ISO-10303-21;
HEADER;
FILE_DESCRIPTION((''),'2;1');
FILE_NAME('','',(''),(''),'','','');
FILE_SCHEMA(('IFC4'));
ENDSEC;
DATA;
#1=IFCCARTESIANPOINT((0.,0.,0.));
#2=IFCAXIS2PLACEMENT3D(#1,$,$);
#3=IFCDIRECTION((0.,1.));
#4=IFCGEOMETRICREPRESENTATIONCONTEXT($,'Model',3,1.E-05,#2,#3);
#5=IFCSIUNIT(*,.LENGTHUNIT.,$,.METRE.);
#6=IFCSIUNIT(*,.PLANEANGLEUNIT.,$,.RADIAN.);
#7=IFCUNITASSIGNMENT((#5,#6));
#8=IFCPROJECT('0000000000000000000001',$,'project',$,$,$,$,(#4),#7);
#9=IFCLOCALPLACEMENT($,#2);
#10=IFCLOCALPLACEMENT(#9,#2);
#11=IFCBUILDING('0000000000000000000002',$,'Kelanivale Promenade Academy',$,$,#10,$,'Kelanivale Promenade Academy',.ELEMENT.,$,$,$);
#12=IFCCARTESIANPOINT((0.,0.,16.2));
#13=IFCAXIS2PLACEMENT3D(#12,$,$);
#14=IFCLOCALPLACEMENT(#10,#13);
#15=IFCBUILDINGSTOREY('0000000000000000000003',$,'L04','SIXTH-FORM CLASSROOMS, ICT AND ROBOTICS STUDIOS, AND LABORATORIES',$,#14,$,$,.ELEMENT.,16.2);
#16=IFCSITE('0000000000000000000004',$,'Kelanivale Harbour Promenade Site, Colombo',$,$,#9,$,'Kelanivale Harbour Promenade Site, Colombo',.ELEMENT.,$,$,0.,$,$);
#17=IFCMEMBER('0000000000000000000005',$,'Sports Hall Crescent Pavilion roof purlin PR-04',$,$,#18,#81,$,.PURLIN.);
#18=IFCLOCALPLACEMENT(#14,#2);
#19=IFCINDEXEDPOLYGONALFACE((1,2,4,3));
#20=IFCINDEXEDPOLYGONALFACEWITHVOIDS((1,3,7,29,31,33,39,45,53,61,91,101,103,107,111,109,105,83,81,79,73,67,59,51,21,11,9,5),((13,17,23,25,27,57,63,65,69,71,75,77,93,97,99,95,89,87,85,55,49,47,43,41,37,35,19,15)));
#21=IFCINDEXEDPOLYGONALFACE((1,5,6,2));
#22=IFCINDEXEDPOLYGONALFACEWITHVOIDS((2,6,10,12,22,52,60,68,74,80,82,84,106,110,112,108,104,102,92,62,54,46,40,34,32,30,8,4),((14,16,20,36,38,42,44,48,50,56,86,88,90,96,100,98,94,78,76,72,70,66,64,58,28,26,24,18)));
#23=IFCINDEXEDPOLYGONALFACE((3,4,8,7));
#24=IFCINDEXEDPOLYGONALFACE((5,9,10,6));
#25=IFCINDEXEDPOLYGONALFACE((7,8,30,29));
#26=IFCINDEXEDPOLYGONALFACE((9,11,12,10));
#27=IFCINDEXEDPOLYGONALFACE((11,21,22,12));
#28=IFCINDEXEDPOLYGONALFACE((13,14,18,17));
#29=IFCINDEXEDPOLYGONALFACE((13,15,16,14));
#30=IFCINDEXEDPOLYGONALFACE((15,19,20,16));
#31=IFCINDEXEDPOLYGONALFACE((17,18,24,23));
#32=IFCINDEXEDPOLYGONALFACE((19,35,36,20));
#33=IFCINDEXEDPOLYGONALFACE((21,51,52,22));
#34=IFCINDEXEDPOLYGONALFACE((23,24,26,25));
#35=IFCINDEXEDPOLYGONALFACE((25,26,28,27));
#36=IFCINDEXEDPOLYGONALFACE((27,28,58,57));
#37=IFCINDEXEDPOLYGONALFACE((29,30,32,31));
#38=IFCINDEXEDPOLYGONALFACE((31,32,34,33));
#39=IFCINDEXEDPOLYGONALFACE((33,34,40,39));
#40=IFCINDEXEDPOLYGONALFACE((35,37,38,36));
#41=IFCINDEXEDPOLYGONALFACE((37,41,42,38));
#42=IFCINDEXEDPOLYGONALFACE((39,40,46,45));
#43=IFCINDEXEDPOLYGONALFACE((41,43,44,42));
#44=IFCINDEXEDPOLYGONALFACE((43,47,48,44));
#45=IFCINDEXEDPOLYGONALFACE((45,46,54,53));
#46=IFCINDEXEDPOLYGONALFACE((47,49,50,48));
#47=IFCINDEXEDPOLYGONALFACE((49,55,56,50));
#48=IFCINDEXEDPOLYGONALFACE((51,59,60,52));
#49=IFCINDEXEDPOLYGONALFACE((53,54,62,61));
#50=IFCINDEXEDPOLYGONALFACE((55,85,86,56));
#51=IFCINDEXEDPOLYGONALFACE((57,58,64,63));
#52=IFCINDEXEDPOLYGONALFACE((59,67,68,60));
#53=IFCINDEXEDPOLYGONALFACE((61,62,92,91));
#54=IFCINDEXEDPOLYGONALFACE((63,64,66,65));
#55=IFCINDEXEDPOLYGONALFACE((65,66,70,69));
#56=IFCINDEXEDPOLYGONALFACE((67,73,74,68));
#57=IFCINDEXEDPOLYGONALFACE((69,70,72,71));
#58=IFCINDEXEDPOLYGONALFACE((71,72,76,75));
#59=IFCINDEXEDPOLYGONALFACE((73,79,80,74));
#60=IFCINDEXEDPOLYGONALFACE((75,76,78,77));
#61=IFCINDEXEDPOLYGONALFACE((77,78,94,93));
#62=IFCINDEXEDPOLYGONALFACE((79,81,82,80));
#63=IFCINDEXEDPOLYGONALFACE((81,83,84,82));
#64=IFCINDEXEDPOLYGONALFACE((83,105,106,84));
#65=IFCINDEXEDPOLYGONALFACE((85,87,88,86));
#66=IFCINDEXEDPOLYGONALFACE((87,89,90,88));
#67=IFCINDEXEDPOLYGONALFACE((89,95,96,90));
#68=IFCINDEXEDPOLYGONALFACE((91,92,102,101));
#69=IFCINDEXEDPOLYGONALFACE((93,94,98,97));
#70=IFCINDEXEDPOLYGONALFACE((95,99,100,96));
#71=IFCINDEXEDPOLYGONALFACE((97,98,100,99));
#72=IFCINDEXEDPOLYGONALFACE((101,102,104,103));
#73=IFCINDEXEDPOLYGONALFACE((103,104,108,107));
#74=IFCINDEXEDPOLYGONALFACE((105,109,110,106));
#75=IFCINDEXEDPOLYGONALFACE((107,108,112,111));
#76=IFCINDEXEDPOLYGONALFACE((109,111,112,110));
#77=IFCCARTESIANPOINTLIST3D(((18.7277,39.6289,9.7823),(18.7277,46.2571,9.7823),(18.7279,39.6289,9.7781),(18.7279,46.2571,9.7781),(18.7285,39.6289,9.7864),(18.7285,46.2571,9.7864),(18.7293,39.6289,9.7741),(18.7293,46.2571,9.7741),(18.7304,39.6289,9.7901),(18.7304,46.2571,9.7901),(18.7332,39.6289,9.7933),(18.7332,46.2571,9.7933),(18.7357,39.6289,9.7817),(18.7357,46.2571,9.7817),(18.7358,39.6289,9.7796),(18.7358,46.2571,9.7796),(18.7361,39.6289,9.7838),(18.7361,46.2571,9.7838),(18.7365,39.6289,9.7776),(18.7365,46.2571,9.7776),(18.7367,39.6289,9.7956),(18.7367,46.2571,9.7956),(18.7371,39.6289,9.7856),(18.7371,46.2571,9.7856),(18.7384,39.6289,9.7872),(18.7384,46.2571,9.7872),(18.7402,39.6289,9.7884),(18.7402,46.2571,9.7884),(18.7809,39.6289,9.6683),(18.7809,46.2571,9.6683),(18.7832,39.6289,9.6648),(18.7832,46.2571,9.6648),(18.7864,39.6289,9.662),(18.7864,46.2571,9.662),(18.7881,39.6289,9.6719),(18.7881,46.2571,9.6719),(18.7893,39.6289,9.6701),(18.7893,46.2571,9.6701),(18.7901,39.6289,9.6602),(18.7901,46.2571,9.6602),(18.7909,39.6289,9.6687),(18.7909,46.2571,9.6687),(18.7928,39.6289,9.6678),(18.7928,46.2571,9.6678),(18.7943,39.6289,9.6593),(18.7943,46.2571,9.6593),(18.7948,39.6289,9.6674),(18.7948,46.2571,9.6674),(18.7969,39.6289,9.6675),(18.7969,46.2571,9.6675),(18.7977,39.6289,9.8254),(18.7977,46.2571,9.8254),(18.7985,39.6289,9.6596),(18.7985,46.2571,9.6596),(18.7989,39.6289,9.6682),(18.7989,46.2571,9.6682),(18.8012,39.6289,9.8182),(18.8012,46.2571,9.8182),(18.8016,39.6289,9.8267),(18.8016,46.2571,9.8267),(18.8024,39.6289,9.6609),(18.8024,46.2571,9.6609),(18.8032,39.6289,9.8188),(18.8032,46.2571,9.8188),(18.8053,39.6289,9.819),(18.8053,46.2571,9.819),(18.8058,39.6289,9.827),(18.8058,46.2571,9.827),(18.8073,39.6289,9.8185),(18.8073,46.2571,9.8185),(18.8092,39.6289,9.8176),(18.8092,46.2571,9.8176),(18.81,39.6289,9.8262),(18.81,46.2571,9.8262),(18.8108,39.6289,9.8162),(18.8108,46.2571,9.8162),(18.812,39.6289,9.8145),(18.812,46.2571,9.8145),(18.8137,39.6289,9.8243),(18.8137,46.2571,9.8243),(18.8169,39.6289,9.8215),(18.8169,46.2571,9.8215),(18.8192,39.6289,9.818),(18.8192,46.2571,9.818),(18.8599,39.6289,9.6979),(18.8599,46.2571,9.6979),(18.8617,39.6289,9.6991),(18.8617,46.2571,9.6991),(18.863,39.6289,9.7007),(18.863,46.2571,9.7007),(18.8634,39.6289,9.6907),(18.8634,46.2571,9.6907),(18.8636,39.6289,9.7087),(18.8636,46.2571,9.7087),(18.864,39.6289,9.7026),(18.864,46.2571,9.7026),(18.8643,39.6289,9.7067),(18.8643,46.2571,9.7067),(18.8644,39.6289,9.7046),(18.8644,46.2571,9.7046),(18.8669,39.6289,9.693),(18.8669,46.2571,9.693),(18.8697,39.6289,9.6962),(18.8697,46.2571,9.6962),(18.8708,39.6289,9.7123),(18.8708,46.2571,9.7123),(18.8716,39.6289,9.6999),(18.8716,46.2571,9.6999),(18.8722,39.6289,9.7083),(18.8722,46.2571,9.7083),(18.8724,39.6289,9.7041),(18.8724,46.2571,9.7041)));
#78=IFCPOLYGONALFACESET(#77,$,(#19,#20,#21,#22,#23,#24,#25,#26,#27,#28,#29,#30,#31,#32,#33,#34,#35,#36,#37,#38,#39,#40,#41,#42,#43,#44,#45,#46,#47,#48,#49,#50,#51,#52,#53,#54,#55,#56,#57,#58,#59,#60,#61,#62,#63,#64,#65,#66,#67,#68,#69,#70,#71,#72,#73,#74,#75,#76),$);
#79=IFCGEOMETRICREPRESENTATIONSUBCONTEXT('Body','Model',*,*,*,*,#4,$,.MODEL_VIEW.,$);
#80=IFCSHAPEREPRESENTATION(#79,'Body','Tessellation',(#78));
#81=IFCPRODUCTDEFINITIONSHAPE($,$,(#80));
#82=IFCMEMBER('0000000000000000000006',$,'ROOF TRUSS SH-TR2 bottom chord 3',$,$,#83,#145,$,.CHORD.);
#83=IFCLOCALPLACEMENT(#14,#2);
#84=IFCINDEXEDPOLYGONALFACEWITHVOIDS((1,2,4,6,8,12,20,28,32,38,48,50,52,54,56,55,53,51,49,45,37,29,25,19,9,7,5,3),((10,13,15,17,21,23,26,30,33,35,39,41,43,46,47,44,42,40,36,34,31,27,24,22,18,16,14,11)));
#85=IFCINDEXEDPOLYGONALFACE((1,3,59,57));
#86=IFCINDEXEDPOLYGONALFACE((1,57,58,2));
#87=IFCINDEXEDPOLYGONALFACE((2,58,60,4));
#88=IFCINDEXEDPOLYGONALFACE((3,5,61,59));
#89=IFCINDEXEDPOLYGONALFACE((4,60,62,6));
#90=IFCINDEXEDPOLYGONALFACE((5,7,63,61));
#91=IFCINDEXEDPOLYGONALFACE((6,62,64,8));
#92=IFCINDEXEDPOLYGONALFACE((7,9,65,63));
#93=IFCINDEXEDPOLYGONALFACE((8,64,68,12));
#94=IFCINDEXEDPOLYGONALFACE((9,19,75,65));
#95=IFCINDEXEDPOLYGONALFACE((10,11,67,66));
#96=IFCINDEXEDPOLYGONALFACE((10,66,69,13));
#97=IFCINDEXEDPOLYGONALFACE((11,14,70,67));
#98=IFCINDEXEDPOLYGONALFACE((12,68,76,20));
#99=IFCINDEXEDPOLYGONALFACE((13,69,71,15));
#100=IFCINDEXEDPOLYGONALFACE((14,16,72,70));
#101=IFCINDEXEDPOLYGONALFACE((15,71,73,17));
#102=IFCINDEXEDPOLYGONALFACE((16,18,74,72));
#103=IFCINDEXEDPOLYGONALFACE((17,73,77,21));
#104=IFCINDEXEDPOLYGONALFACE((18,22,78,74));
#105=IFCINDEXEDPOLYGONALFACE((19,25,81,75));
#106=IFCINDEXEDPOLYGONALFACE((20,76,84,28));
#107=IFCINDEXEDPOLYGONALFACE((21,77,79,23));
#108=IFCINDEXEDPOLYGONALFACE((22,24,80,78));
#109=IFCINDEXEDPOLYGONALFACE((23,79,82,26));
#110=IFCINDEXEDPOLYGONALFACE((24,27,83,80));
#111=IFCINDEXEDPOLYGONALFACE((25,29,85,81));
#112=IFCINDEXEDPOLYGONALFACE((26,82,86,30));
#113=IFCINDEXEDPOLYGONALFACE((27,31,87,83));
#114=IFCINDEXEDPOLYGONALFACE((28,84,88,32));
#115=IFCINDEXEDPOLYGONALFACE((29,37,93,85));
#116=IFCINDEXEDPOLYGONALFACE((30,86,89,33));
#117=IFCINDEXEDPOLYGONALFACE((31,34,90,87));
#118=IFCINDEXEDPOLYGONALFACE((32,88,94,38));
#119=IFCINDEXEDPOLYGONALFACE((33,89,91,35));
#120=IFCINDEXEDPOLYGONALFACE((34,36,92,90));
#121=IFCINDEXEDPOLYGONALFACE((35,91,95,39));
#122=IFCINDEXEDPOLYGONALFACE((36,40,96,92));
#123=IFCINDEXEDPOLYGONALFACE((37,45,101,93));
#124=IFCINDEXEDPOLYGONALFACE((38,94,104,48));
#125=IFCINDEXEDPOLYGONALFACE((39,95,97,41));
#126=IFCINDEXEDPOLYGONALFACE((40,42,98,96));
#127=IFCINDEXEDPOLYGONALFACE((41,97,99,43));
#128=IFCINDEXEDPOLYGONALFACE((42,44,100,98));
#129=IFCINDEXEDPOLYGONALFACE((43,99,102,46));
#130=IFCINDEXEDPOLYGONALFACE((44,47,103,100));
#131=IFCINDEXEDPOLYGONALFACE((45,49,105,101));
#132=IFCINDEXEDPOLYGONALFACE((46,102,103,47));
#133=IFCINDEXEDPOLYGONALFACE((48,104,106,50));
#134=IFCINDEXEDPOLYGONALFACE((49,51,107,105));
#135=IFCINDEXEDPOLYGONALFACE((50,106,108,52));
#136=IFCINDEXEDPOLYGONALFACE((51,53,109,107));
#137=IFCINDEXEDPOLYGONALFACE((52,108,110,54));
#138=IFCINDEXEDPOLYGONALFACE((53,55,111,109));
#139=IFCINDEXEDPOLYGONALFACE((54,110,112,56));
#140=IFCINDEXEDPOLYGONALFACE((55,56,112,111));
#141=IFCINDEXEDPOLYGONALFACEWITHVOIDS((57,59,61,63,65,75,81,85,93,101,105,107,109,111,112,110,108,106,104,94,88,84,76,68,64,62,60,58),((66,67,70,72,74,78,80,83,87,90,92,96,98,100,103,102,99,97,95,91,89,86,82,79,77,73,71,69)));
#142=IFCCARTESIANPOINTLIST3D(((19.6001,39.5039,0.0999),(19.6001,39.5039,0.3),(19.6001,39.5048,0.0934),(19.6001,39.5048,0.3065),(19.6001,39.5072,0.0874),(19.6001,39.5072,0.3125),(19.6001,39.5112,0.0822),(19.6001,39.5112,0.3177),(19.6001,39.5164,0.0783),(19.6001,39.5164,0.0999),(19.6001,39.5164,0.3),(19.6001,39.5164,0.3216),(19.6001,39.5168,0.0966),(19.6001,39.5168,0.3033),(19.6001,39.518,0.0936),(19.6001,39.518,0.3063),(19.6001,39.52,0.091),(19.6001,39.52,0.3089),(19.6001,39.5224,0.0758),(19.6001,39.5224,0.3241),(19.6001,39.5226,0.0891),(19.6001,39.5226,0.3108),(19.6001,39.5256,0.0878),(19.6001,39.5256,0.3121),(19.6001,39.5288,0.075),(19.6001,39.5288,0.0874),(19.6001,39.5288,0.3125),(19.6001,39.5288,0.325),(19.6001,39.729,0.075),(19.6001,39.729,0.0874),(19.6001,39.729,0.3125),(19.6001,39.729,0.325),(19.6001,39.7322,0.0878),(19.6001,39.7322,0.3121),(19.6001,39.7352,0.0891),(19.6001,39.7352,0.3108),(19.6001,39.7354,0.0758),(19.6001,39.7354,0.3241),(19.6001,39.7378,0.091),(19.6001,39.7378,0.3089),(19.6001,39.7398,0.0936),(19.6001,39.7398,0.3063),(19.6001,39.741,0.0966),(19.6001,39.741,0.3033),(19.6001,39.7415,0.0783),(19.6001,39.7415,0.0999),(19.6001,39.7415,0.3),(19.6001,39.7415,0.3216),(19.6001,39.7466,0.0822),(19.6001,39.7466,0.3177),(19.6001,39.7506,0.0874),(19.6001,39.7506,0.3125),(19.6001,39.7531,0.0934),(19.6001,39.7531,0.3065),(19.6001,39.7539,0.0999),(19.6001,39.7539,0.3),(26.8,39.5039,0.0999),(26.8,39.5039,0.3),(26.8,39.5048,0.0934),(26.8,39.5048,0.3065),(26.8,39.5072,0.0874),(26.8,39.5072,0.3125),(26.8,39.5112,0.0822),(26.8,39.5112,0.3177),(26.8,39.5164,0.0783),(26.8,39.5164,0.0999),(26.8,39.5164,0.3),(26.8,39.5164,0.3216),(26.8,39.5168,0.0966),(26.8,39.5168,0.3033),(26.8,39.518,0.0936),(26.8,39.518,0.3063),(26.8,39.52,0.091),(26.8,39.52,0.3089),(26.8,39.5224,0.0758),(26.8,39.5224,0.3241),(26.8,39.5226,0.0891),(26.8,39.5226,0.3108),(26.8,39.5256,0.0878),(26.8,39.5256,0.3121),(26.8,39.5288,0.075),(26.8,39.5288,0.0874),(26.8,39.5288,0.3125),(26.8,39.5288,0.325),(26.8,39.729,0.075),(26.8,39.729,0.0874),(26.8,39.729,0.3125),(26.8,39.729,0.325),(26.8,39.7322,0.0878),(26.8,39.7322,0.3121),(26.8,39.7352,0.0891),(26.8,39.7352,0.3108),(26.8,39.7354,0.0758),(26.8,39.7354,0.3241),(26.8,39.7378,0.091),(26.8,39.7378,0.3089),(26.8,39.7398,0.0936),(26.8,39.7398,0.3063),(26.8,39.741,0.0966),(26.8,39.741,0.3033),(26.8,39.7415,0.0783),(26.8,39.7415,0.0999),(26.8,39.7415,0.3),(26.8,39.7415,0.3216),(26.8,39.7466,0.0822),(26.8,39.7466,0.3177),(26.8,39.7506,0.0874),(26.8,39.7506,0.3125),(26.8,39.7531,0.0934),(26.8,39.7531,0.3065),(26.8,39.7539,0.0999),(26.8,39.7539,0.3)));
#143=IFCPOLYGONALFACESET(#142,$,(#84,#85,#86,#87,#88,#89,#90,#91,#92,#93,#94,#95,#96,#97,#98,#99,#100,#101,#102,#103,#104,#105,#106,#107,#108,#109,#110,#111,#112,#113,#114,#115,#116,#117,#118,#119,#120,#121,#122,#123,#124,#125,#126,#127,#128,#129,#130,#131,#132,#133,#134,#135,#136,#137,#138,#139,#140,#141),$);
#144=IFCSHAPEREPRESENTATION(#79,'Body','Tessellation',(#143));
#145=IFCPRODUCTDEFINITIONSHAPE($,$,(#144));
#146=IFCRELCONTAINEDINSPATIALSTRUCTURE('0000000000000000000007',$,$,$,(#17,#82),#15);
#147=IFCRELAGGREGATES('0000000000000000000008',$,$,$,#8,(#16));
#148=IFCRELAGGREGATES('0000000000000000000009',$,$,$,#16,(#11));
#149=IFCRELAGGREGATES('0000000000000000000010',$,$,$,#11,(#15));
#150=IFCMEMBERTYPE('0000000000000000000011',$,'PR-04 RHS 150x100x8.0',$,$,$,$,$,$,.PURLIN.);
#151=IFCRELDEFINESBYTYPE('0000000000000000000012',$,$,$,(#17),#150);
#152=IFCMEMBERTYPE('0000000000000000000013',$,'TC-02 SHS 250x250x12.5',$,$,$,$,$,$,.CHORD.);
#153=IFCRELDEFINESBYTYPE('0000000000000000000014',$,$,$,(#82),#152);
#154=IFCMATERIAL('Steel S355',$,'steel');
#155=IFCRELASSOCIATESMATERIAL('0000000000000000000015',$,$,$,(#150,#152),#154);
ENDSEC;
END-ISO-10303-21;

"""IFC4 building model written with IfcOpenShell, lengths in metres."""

from ifc_helpers import new_model, si_unit, direction, frame, origin, origin_2d, place, context, subcontext, project, spatial, hollow_rectangle, extrude, material, material_profile, profile_set, type_object, element, save


model = new_model("IFC4")

# Units and contexts
model_context = context("Model", 3, precision=1e-05, world=origin(), true_north=direction((0.0, 1.0)))
body_context = subcontext(model_context, "Body", "Model", "MODEL_VIEW")
ifc_project = project(units=[si_unit("LENGTHUNIT", "METRE"), si_unit("PLANEANGLEUNIT", "RADIAN")], contexts=[model_context])

# Site, building, storey
site_placement = place(None, origin())
site = spatial("IfcSite", under=ifc_project, at=site_placement, Name="Kelanivale Harbour Promenade Site, Colombo", LongName="Kelanivale Harbour Promenade Site, Colombo", CompositionType="ELEMENT", RefElevation=0.0)
building_placement = place(site_placement, origin())
building = spatial("IfcBuilding", under=site, at=building_placement, Name="Kelanivale Promenade Academy", LongName="Kelanivale Promenade Academy", CompositionType="ELEMENT")
storey_placement = place(building_placement, frame((0.0, 0.0, 16.2)))
storey = spatial("IfcBuildingStorey", under=building, at=storey_placement, Name="L04", Description="SIXTH-FORM CLASSROOMS, ICT AND ROBOTICS STUDIOS, AND LABORATORIES", CompositionType="ELEMENT", Elevation=16.2)

# Members
ifc_material_1 = material(Name="Steel S355", Category="steel")
ifc_material_profile_1 = material_profile(ifc_material_1, hollow_rectangle(XDim=0.1001, YDim=0.1499, WallThickness=0.0081, InnerFilletRadius=0.0081, OuterFilletRadius=0.0161, at=origin_2d()), Name="RHS 150x100x8.0")
ifc_profile_set_1 = profile_set([ifc_material_profile_1], Name="Steel S355")
member_type_1 = type_object("IfcMemberType", Name="PR-04 RHS 150x100x8.0", PredefinedType="PURLIN", material=ifc_profile_set_1)
member_1_placement = place(storey_placement, frame((18.8, 39.6289, 9.7432), z_axis=(0.0, 1.0, 0.0), x_axis=(-0.898564, 0.0, -0.438842)))
element("IfcMember", 1, at=member_1_placement, inside=storey, type_object=member_type_1, Name="Sports Hall Crescent Pavilion roof purlin PR-04", PredefinedType="PURLIN", context=body_context, shape_type="SweptSolid", body=[
    extrude(hollow_rectangle(XDim=0.1001, YDim=0.1499, WallThickness=0.0081, InnerFilletRadius=0.0081, OuterFilletRadius=0.0161, at=origin_2d()), origin(), (0.0, 0.0, 1.0), 6.6282),
])
ifc_material_profile_2 = material_profile(ifc_material_1, hollow_rectangle(XDim=0.25, YDim=0.25, WallThickness=0.0125, InnerFilletRadius=0.0125, OuterFilletRadius=0.0249, at=origin_2d()), Name="SHS 250x250x12.5")
ifc_profile_set_2 = profile_set([ifc_material_profile_2], Name="Steel S355")
member_type_2 = type_object("IfcMemberType", Name="TC-02 SHS 250x250x12.5", PredefinedType="CHORD", material=ifc_profile_set_2)
member_2_placement = place(storey_placement, frame((19.6001, 39.6289, 0.2), z_axis=(1.0, 0.0, 0.0), x_axis=(0.0, 1.0, 0.0)))
element("IfcMember", 2, at=member_2_placement, inside=storey, type_object=member_type_2, Name="ROOF TRUSS SH-TR2 bottom chord 3", PredefinedType="CHORD", context=body_context, shape_type="SweptSolid", body=[
    extrude(hollow_rectangle(XDim=0.25, YDim=0.25, WallThickness=0.0125, InnerFilletRadius=0.0125, OuterFilletRadius=0.0249, at=origin_2d()), origin(), (0.0, 0.0, 1.0), 7.2),
])

save(model, "model.ifc")
